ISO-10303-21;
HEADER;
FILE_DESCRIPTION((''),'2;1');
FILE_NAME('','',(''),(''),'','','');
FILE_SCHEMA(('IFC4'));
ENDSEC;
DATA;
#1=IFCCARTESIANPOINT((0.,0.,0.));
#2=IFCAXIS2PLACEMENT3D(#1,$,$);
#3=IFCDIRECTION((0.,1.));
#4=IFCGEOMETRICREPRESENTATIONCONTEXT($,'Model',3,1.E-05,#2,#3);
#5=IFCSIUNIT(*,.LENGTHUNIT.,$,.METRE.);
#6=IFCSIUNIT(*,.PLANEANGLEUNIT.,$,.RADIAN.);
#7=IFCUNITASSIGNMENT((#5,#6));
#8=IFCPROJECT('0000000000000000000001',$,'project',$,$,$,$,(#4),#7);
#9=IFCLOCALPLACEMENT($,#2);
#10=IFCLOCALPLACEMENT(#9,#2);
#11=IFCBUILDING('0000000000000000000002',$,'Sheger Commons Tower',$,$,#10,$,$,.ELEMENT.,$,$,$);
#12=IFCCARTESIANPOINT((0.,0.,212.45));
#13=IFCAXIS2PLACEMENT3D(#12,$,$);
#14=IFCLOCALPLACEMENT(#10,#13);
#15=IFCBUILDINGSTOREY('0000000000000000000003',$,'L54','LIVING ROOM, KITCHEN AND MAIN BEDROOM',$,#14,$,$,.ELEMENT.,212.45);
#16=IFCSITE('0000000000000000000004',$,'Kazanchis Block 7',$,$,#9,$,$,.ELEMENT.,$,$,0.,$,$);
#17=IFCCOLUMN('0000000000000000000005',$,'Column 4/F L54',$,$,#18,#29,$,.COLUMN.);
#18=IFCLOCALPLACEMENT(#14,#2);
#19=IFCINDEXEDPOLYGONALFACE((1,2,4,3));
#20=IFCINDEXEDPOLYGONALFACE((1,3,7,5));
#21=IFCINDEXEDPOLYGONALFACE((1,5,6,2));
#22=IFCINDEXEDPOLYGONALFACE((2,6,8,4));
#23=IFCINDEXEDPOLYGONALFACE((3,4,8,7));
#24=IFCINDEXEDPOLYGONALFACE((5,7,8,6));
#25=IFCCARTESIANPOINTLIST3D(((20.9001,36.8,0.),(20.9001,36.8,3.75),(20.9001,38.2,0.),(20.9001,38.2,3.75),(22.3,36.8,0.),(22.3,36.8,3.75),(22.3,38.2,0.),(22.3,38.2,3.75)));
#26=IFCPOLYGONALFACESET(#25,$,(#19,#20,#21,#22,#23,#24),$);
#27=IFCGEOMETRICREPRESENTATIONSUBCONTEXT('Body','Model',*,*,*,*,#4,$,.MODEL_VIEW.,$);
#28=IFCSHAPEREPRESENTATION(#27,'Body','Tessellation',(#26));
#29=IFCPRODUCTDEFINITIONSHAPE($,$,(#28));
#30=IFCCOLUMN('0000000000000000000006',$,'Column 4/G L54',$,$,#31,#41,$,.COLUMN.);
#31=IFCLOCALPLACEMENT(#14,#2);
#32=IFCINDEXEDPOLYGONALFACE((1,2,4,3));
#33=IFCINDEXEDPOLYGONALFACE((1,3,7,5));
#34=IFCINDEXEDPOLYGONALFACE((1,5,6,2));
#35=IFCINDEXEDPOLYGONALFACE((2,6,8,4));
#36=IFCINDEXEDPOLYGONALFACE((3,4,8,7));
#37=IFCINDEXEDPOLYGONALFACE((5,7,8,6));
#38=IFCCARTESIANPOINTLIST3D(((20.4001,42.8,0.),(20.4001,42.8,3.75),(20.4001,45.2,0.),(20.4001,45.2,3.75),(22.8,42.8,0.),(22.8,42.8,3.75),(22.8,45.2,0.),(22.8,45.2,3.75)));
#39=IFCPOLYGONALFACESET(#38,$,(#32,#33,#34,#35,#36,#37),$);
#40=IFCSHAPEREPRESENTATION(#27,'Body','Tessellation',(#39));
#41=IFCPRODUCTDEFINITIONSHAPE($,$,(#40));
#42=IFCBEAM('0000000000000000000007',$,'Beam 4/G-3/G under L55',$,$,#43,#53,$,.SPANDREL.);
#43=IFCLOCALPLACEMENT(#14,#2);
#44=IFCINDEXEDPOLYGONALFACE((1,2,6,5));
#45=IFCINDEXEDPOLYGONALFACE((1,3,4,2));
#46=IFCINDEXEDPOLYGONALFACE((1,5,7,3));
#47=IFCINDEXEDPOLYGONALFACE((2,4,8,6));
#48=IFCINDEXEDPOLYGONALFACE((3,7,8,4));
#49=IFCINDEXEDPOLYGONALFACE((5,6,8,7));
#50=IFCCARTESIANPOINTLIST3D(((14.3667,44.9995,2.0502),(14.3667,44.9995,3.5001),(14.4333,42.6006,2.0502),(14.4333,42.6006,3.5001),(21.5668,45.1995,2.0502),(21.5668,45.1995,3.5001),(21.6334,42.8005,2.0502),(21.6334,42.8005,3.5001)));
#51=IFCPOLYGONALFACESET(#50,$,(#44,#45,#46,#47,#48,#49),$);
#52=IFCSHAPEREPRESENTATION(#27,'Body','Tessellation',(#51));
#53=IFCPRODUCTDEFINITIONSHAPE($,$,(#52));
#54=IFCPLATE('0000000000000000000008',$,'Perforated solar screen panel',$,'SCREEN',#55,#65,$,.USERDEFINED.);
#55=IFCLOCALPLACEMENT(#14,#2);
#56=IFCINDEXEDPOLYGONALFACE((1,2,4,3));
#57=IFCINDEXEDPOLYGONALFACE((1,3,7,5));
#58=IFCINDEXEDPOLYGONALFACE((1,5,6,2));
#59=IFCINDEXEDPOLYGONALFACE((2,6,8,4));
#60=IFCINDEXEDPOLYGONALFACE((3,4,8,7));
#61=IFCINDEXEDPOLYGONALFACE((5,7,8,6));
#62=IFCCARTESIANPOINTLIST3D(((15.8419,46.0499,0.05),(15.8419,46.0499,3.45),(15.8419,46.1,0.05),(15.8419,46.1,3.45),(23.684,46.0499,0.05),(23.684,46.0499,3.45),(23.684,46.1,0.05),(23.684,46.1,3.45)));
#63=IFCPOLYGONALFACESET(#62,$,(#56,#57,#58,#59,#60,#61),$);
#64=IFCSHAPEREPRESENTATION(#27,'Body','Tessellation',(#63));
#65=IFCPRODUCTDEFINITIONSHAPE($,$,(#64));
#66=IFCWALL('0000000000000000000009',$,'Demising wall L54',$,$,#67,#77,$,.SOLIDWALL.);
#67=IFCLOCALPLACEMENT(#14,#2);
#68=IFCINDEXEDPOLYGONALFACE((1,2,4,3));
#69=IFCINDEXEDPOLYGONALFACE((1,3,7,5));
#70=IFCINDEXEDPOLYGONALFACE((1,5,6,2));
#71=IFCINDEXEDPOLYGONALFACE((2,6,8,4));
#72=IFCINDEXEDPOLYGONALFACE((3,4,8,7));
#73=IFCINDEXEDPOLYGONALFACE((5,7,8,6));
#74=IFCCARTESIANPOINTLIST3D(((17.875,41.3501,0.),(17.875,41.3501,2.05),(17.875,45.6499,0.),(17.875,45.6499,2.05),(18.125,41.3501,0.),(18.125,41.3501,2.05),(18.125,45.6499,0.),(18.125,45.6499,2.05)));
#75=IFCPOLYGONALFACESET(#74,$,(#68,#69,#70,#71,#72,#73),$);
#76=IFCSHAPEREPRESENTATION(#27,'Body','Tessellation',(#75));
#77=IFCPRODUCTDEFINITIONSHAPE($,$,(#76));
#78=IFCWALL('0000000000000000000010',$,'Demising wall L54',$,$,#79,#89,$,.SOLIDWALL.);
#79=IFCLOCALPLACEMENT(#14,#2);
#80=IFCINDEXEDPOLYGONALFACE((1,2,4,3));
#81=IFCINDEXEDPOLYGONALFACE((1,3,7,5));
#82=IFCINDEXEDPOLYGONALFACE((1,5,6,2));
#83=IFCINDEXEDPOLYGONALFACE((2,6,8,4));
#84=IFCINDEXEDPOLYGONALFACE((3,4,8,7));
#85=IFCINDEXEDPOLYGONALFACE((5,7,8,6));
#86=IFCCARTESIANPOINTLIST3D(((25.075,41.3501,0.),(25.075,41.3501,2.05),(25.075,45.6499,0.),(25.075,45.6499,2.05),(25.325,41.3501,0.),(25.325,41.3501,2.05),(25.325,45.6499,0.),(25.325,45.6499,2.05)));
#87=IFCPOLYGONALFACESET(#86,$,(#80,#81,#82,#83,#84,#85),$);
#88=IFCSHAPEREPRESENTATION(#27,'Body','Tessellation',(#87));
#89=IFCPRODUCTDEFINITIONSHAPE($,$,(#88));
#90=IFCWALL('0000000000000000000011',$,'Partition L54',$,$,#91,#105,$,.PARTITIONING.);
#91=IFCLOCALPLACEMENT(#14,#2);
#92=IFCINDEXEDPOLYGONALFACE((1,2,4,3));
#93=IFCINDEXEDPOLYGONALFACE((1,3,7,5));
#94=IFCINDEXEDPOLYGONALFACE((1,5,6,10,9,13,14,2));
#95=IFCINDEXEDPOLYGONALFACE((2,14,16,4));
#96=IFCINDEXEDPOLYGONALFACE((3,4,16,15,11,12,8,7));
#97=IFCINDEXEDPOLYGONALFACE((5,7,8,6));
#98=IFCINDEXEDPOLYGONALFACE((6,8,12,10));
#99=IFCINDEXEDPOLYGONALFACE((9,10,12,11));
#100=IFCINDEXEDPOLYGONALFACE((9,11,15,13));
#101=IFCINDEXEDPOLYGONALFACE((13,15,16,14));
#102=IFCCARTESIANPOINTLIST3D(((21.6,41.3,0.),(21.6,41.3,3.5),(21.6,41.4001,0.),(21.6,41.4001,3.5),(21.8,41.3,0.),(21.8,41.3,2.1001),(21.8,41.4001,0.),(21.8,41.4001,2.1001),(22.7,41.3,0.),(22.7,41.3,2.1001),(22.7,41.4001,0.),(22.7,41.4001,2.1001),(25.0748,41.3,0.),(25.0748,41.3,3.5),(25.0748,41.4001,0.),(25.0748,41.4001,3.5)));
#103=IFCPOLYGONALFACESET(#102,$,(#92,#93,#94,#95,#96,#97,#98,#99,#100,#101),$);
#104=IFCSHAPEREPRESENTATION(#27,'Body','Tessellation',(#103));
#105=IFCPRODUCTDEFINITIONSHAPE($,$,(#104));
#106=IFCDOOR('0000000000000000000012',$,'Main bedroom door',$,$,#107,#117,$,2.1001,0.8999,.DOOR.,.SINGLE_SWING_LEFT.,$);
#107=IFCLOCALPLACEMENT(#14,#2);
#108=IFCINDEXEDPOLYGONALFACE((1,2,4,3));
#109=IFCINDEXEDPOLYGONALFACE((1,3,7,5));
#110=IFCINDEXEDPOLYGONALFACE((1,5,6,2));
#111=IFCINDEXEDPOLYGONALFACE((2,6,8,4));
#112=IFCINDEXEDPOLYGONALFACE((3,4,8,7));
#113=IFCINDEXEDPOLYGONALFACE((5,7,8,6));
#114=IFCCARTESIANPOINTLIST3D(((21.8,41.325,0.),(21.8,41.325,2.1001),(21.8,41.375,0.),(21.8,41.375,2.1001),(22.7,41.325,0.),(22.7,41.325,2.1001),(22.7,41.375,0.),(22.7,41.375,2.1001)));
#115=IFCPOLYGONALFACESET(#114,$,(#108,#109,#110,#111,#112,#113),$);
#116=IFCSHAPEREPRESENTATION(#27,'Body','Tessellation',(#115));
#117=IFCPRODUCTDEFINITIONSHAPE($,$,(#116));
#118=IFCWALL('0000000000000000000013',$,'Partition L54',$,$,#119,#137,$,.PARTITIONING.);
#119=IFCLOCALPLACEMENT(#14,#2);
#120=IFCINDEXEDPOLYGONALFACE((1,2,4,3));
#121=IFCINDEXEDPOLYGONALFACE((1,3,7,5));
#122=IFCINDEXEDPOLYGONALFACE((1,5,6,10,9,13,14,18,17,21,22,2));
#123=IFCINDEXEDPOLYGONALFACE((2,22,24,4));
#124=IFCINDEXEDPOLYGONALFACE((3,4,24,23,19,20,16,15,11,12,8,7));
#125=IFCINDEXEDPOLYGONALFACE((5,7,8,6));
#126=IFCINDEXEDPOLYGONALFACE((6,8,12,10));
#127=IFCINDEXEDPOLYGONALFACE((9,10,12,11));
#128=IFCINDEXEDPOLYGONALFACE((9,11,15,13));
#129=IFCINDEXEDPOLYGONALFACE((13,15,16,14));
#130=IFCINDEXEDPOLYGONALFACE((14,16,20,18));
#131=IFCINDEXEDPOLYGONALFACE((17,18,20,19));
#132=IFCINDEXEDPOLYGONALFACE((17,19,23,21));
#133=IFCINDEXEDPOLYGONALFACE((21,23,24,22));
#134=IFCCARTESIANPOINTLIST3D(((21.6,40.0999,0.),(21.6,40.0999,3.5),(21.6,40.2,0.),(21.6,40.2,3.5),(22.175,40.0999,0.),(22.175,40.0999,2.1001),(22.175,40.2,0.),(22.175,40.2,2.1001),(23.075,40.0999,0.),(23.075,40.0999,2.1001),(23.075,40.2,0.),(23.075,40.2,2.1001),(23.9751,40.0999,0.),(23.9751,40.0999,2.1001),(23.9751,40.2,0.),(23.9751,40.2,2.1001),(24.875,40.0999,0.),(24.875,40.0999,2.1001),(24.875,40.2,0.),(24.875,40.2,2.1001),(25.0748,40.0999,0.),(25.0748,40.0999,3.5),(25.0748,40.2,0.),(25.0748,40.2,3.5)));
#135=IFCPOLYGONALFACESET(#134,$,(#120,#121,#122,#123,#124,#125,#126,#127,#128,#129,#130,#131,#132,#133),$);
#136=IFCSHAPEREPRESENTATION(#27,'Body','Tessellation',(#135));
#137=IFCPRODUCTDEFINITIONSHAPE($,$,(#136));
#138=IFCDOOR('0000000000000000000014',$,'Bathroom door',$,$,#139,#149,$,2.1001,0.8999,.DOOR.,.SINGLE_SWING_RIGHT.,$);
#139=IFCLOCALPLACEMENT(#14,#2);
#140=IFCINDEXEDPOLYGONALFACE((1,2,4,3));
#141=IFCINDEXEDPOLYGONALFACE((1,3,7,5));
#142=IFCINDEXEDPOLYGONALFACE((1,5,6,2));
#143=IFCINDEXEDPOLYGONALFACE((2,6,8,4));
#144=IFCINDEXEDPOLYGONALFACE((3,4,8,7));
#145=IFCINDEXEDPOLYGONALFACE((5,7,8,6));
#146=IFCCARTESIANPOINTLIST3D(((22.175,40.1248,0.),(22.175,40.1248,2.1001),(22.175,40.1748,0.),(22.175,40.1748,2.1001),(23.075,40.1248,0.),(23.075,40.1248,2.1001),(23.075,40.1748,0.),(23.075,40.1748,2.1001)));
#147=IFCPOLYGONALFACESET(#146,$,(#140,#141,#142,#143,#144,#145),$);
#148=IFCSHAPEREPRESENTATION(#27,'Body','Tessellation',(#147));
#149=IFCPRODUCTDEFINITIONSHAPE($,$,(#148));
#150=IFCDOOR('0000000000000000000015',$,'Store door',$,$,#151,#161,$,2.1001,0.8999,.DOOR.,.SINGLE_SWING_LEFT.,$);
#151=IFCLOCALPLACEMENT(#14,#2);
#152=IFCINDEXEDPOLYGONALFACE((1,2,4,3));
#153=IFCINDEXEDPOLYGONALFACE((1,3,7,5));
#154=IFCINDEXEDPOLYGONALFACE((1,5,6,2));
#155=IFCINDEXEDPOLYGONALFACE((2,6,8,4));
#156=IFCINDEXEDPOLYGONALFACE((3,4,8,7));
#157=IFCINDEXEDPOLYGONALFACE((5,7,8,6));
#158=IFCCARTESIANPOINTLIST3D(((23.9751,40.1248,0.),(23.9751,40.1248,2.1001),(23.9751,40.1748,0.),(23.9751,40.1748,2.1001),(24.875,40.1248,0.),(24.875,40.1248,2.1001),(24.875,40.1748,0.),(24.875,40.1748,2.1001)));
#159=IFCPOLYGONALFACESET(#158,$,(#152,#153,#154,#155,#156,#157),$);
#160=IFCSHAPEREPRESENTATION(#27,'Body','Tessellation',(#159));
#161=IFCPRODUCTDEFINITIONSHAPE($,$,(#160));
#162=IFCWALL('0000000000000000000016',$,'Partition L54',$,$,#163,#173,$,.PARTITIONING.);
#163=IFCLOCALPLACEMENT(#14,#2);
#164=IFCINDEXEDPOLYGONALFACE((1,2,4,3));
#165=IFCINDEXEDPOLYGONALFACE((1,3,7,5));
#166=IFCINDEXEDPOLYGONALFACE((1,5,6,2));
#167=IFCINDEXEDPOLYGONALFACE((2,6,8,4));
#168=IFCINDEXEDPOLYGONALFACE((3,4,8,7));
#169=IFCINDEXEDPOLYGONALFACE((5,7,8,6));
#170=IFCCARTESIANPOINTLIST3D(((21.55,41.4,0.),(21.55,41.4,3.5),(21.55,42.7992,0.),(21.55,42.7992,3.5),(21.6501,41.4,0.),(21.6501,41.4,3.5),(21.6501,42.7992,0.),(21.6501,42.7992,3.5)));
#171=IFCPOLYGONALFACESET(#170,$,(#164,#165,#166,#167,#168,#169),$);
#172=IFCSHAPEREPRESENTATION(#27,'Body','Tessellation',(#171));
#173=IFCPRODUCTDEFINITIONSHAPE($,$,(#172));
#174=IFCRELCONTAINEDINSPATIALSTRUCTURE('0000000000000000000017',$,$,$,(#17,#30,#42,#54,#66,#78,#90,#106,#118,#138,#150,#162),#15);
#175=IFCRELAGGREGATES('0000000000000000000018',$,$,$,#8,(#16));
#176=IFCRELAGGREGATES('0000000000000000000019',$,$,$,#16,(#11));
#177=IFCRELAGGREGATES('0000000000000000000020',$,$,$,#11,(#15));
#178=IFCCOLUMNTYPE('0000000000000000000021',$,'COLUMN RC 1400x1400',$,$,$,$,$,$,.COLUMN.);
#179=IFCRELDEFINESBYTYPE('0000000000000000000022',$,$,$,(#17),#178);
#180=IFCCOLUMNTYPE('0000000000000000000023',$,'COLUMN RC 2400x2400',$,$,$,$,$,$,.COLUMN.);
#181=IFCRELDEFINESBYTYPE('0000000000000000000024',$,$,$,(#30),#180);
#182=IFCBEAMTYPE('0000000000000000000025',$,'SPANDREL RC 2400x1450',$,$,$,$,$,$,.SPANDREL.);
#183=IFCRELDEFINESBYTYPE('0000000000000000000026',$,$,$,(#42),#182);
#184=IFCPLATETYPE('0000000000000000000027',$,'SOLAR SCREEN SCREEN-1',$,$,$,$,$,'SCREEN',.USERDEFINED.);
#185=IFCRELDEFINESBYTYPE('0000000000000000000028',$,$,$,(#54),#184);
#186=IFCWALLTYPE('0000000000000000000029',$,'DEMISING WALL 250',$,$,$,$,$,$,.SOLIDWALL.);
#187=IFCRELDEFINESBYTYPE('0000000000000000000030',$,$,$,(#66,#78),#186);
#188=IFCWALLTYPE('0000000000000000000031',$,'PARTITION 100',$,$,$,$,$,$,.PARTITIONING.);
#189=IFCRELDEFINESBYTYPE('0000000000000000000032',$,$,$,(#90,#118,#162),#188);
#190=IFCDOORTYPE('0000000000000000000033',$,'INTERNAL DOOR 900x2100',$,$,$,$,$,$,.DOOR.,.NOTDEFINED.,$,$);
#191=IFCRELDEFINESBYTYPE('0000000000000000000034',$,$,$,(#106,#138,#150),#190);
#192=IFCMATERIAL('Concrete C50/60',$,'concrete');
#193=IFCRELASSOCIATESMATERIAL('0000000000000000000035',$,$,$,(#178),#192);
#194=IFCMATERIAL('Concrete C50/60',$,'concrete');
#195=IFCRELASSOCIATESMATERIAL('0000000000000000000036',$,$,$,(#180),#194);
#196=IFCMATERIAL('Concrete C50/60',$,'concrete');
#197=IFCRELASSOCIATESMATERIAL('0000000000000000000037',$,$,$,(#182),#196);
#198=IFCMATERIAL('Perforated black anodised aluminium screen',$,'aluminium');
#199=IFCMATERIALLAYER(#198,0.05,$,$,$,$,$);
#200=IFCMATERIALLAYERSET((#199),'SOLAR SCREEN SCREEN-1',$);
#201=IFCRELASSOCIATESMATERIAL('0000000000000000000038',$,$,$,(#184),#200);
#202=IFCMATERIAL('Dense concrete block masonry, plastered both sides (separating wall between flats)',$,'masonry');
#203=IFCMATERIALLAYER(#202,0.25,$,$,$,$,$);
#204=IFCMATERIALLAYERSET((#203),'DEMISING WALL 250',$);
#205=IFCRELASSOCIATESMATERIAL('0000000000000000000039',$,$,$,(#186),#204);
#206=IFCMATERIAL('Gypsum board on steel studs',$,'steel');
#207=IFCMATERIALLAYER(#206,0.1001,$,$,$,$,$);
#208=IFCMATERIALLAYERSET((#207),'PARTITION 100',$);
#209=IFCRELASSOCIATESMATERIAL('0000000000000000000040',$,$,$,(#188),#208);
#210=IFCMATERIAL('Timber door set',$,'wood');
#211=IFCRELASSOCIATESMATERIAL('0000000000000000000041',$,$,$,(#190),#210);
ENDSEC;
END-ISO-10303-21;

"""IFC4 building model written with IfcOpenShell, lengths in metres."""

from ifc_helpers import new_model, si_unit, direction, frame, frame_2d, origin, origin_2d, place, context, subcontext, project, spatial, rectangle, extrude, material, layer, layer_set, material_profile, profile_set, type_object, element, fill, save


model = new_model("IFC4")

# Units and contexts
model_context = context("Model", 3, precision=1e-05, world=origin(), true_north=direction((0.0, 1.0)))
body_context = subcontext(model_context, "Body", "Model", "MODEL_VIEW")
ifc_project = project(units=[si_unit("LENGTHUNIT", "METRE"), si_unit("PLANEANGLEUNIT", "RADIAN")], contexts=[model_context])

# Site, building, storey
site_placement = place(None, origin())
site = spatial("IfcSite", under=ifc_project, at=site_placement, Name="Kazanchis Block 7", CompositionType="ELEMENT", RefElevation=0.0)
building_placement = place(site_placement, origin())
building = spatial("IfcBuilding", under=site, at=building_placement, Name="Sheger Commons Tower", CompositionType="ELEMENT")
storey_placement = place(building_placement, frame((0.0, 0.0, 212.45)))
storey = spatial("IfcBuildingStorey", under=building, at=storey_placement, Name="L54", Description="LIVING ROOM, KITCHEN AND MAIN BEDROOM", CompositionType="ELEMENT", Elevation=212.45)

# Columns
ifc_material_1 = material(Name="Concrete C50/60", Category="concrete")
ifc_material_profile_1 = material_profile(ifc_material_1, rectangle(XDim=1.3999, YDim=1.3999, at=origin_2d()), Name="RC 1400x1400")
ifc_profile_set_1 = profile_set([ifc_material_profile_1], Name="Concrete C50/60")
column_type_1 = type_object("IfcColumnType", Name="COLUMN RC 1400x1400", PredefinedType="COLUMN", material=ifc_profile_set_1)
column_1_placement = place(storey_placement, frame((21.6001, 37.5, 0.0), z_axis=(0.0, 0.0, 1.0), x_axis=(1.0, 0.0, 0.0)))
element("IfcColumn", 1, at=column_1_placement, inside=storey, type_object=column_type_1, Name="Column 4/F L54", PredefinedType="COLUMN", context=body_context, shape_type="SweptSolid", body=[
    extrude(rectangle(XDim=1.3999, YDim=1.3999, at=origin_2d()), origin(), (0.0, 0.0, 1.0), 3.75),
])
ifc_material_2 = material(Name="Concrete C50/60", Category="concrete")
ifc_material_profile_2 = material_profile(ifc_material_2, rectangle(XDim=2.3999, YDim=2.3999, at=origin_2d()), Name="RC 2400x2400")
ifc_profile_set_2 = profile_set([ifc_material_profile_2], Name="Concrete C50/60")
column_type_2 = type_object("IfcColumnType", Name="COLUMN RC 2400x2400", PredefinedType="COLUMN", material=ifc_profile_set_2)
column_2_placement = place(storey_placement, frame((21.6001, 44.0, 0.0), z_axis=(0.0, 0.0, 1.0), x_axis=(1.0, 0.0, 0.0)))
element("IfcColumn", 2, at=column_2_placement, inside=storey, type_object=column_type_2, Name="Column 4/G L54", PredefinedType="COLUMN", context=body_context, shape_type="SweptSolid", body=[
    extrude(rectangle(XDim=2.3999, YDim=2.3999, at=origin_2d()), origin(), (0.0, 0.0, 1.0), 3.75),
])

# Beam
ifc_material_3 = material(Name="Concrete C50/60", Category="concrete")
ifc_material_profile_3 = material_profile(ifc_material_3, rectangle(XDim=2.3999, YDim=1.45, at=origin_2d()), Name="RC 2400x1450")
ifc_profile_set_3 = profile_set([ifc_material_profile_3], Name="Concrete C50/60")
beam_type = type_object("IfcBeamType", Name="SPANDREL RC 2400x1450", PredefinedType="SPANDREL", material=ifc_profile_set_3)
beam_placement = place(storey_placement, frame((21.6001, 44.0, 2.7751), z_axis=(-0.999615, -0.02776, 0.0), x_axis=(0.02776, -0.999615, 0.0)))
element("IfcBeam", 3, at=beam_placement, inside=storey, type_object=beam_type, Name="Beam 4/G-3/G under L55", PredefinedType="SPANDREL", context=body_context, shape_type="SweptSolid", body=[
    extrude(rectangle(XDim=2.3999, YDim=1.45, at=origin_2d()), origin(), (0.0, 0.0, 1.0), 7.2029),
])

# Plate
ifc_material_4 = material(Name="Perforated black anodised aluminium screen", Category="aluminium")
ifc_layer_1 = layer(ifc_material_4, 0.05)
ifc_layer_set_1 = layer_set([ifc_layer_1], Name="SOLAR SCREEN SCREEN-1")
plate_type = type_object("IfcPlateType", Name="SOLAR SCREEN SCREEN-1", ElementType="SCREEN", PredefinedType="USERDEFINED", material=ifc_layer_set_1)
plate_placement = place(storey_placement, frame((19.7629, 46.075, 0.05), z_axis=(0.0, 0.0, 1.0), x_axis=(-1.0, 0.0, 0.0)))
element("IfcPlate", 4, at=plate_placement, inside=storey, type_object=plate_type, Name="Perforated solar screen panel", ObjectType="SCREEN", PredefinedType="USERDEFINED", context=body_context, shape_type="SweptSolid", body=[
    extrude(rectangle(XDim=7.842, YDim=0.05, at=origin_2d()), origin(), (0.0, 0.0, 1.0), 3.3999),
])

# Walls
ifc_material_5 = material(Name="Dense concrete block masonry, plastered both sides (separating wall between flats)", Category="masonry")
ifc_layer_2 = layer(ifc_material_5, 0.25)
ifc_layer_set_2 = layer_set([ifc_layer_2], Name="DEMISING WALL 250")
wall_type_1 = type_object("IfcWallType", Name="DEMISING WALL 250", PredefinedType="SOLIDWALL", material=ifc_layer_set_2)
for number, where, z_axis, x_axis, name in (
    (5, (18.0, 41.3501, 0.0), (0.0, 0.0, 1.0), (0.0, 1.0, 0.0), "Demising wall L54"),
    (6, (25.2, 41.3501, 0.0), (0.0, 0.0, 1.0), (0.0, 1.0, 0.0), "Demising wall L54"),
):
    element("IfcWall", number, at=place(storey_placement, frame(where, z_axis=z_axis, x_axis=x_axis)), inside=storey, type_object=wall_type_1, Name=name, PredefinedType="SOLIDWALL", context=body_context, shape_type="SweptSolid", body=[
        extrude(rectangle(XDim=4.2998, YDim=0.25, at=frame_2d((2.1499, 0.0))), origin(), (0.0, 0.0, 1.0), 2.05),
    ])

# Wall, opening, door
ifc_material_6 = material(Name="Gypsum board on steel studs", Category="steel")
ifc_layer_3 = layer(ifc_material_6, 0.1001)
ifc_layer_set_3 = layer_set([ifc_layer_3], Name="PARTITION 100")
wall_type_2 = type_object("IfcWallType", Name="PARTITION 100", PredefinedType="PARTITIONING", material=ifc_layer_set_3)
wall_1_placement = place(storey_placement, frame((21.6001, 41.3501, 0.0), z_axis=(0.0, 0.0, 1.0), x_axis=(1.0, 0.0, 0.0)))
wall_1 = element("IfcWall", 7, at=wall_1_placement, inside=storey, type_object=wall_type_2, Name="Partition L54", PredefinedType="PARTITIONING", context=body_context, shape_type="SweptSolid", body=[
    extrude(rectangle(XDim=3.4749, YDim=0.1001, at=frame_2d((1.7373, 0.0))), origin(), (0.0, 0.0, 1.0), 3.5),
])
opening_1_placement = place(wall_1_placement, frame((0.2, 0.0, 0.0)))
opening_1 = element("IfcOpeningElement", 8, at=opening_1_placement, cuts=wall_1, PredefinedType="OPENING", context=body_context, shape_type="SweptSolid", body=[
    extrude(rectangle(XDim=0.8999, YDim=2.1001, at=frame_2d((0.45, 1.05))), frame((0.0, 0.0601, 0.0), z_axis=(0.0, -1.0, 0.0), x_axis=(1.0, 0.0, 0.0)), (0.0, 0.0, 1.0), 0.1201),
])
ifc_material_7 = material(Name="Timber door set", Category="wood")
door_type = type_object("IfcDoorType", Name="INTERNAL DOOR 900x2100", OperationType="NOTDEFINED", PredefinedType="DOOR", material=ifc_material_7)
door_1_placement = place(opening_1_placement, origin())
door_1 = element("IfcDoor", 9, at=door_1_placement, inside=storey, type_object=door_type, Name="Main bedroom door", OperationType="SINGLE_SWING_LEFT", OverallHeight=2.1001, OverallWidth=0.8999, PredefinedType="DOOR", context=body_context, shape_type="SweptSolid", body=[
    extrude(rectangle(XDim=0.8999, YDim=2.1001, at=frame_2d((0.45, 1.05))), frame((0.0, 0.0249, 0.0), z_axis=(0.0, -1.0, 0.0), x_axis=(1.0, 0.0, 0.0)), (0.0, 0.0, 1.0), 0.05),
])
fill(opening_1, door_1)

# Wall, openings, doors
wall_2_placement = place(storey_placement, frame((21.6001, 40.1499, 0.0), z_axis=(0.0, 0.0, 1.0), x_axis=(1.0, 0.0, 0.0)))
wall_2 = element("IfcWall", 10, at=wall_2_placement, inside=storey, type_object=wall_type_2, Name="Partition L54", PredefinedType="PARTITIONING", context=body_context, shape_type="SweptSolid", body=[
    extrude(rectangle(XDim=3.4749, YDim=0.1001, at=frame_2d((1.7373, 0.0))), origin(), (0.0, 0.0, 1.0), 3.5),
])
opening_2_placement = place(wall_2_placement, frame((0.575, 0.0, 0.0)))
opening_2 = element("IfcOpeningElement", 11, at=opening_2_placement, cuts=wall_2, PredefinedType="OPENING", context=body_context, shape_type="SweptSolid", body=[
    extrude(rectangle(XDim=0.8999, YDim=2.1001, at=frame_2d((0.45, 1.05))), frame((0.0, 0.0601, 0.0), z_axis=(0.0, -1.0, 0.0), x_axis=(1.0, 0.0, 0.0)), (0.0, 0.0, 1.0), 0.1201),
])
opening_3_placement = place(wall_2_placement, frame((2.375, 0.0, 0.0)))
opening_3 = element("IfcOpeningElement", 12, at=opening_3_placement, cuts=wall_2, PredefinedType="OPENING", context=body_context, shape_type="SweptSolid", body=[
    extrude(rectangle(XDim=0.8999, YDim=2.1001, at=frame_2d((0.45, 1.05))), frame((0.0, 0.0601, 0.0), z_axis=(0.0, -1.0, 0.0), x_axis=(1.0, 0.0, 0.0)), (0.0, 0.0, 1.0), 0.1201),
])
door_2_placement = place(opening_2_placement, origin())
door_2 = element("IfcDoor", 13, at=door_2_placement, inside=storey, type_object=door_type, Name="Bathroom door", OperationType="SINGLE_SWING_RIGHT", OverallHeight=2.1001, OverallWidth=0.8999, PredefinedType="DOOR", context=body_context, shape_type="SweptSolid", body=[
    extrude(rectangle(XDim=0.8999, YDim=2.1001, at=frame_2d((0.45, 1.05))), frame((0.0, 0.0249, 0.0), z_axis=(0.0, -1.0, 0.0), x_axis=(1.0, 0.0, 0.0)), (0.0, 0.0, 1.0), 0.05),
])
fill(opening_2, door_2)
door_3_placement = place(opening_3_placement, origin())
door_3 = element("IfcDoor", 14, at=door_3_placement, inside=storey, type_object=door_type, Name="Store door", OperationType="SINGLE_SWING_LEFT", OverallHeight=2.1001, OverallWidth=0.8999, PredefinedType="DOOR", context=body_context, shape_type="SweptSolid", body=[
    extrude(rectangle(XDim=0.8999, YDim=2.1001, at=frame_2d((0.45, 1.05))), frame((0.0, 0.0249, 0.0), z_axis=(0.0, -1.0, 0.0), x_axis=(1.0, 0.0, 0.0)), (0.0, 0.0, 1.0), 0.05),
])
fill(opening_3, door_3)

# Wall
wall_3_placement = place(storey_placement, frame((21.6001, 41.3999, 0.0), z_axis=(0.0, 0.0, 1.0), x_axis=(0.0, 1.0, 0.0)))
element("IfcWall", 15, at=wall_3_placement, inside=storey, type_object=wall_type_2, Name="Partition L54", PredefinedType="PARTITIONING", context=body_context, shape_type="SweptSolid", body=[
    extrude(rectangle(XDim=1.3992, YDim=0.1001, at=frame_2d((0.6997, 0.0))), origin(), (0.0, 0.0, 1.0), 3.5),
])

save(model, "model.ifc")
